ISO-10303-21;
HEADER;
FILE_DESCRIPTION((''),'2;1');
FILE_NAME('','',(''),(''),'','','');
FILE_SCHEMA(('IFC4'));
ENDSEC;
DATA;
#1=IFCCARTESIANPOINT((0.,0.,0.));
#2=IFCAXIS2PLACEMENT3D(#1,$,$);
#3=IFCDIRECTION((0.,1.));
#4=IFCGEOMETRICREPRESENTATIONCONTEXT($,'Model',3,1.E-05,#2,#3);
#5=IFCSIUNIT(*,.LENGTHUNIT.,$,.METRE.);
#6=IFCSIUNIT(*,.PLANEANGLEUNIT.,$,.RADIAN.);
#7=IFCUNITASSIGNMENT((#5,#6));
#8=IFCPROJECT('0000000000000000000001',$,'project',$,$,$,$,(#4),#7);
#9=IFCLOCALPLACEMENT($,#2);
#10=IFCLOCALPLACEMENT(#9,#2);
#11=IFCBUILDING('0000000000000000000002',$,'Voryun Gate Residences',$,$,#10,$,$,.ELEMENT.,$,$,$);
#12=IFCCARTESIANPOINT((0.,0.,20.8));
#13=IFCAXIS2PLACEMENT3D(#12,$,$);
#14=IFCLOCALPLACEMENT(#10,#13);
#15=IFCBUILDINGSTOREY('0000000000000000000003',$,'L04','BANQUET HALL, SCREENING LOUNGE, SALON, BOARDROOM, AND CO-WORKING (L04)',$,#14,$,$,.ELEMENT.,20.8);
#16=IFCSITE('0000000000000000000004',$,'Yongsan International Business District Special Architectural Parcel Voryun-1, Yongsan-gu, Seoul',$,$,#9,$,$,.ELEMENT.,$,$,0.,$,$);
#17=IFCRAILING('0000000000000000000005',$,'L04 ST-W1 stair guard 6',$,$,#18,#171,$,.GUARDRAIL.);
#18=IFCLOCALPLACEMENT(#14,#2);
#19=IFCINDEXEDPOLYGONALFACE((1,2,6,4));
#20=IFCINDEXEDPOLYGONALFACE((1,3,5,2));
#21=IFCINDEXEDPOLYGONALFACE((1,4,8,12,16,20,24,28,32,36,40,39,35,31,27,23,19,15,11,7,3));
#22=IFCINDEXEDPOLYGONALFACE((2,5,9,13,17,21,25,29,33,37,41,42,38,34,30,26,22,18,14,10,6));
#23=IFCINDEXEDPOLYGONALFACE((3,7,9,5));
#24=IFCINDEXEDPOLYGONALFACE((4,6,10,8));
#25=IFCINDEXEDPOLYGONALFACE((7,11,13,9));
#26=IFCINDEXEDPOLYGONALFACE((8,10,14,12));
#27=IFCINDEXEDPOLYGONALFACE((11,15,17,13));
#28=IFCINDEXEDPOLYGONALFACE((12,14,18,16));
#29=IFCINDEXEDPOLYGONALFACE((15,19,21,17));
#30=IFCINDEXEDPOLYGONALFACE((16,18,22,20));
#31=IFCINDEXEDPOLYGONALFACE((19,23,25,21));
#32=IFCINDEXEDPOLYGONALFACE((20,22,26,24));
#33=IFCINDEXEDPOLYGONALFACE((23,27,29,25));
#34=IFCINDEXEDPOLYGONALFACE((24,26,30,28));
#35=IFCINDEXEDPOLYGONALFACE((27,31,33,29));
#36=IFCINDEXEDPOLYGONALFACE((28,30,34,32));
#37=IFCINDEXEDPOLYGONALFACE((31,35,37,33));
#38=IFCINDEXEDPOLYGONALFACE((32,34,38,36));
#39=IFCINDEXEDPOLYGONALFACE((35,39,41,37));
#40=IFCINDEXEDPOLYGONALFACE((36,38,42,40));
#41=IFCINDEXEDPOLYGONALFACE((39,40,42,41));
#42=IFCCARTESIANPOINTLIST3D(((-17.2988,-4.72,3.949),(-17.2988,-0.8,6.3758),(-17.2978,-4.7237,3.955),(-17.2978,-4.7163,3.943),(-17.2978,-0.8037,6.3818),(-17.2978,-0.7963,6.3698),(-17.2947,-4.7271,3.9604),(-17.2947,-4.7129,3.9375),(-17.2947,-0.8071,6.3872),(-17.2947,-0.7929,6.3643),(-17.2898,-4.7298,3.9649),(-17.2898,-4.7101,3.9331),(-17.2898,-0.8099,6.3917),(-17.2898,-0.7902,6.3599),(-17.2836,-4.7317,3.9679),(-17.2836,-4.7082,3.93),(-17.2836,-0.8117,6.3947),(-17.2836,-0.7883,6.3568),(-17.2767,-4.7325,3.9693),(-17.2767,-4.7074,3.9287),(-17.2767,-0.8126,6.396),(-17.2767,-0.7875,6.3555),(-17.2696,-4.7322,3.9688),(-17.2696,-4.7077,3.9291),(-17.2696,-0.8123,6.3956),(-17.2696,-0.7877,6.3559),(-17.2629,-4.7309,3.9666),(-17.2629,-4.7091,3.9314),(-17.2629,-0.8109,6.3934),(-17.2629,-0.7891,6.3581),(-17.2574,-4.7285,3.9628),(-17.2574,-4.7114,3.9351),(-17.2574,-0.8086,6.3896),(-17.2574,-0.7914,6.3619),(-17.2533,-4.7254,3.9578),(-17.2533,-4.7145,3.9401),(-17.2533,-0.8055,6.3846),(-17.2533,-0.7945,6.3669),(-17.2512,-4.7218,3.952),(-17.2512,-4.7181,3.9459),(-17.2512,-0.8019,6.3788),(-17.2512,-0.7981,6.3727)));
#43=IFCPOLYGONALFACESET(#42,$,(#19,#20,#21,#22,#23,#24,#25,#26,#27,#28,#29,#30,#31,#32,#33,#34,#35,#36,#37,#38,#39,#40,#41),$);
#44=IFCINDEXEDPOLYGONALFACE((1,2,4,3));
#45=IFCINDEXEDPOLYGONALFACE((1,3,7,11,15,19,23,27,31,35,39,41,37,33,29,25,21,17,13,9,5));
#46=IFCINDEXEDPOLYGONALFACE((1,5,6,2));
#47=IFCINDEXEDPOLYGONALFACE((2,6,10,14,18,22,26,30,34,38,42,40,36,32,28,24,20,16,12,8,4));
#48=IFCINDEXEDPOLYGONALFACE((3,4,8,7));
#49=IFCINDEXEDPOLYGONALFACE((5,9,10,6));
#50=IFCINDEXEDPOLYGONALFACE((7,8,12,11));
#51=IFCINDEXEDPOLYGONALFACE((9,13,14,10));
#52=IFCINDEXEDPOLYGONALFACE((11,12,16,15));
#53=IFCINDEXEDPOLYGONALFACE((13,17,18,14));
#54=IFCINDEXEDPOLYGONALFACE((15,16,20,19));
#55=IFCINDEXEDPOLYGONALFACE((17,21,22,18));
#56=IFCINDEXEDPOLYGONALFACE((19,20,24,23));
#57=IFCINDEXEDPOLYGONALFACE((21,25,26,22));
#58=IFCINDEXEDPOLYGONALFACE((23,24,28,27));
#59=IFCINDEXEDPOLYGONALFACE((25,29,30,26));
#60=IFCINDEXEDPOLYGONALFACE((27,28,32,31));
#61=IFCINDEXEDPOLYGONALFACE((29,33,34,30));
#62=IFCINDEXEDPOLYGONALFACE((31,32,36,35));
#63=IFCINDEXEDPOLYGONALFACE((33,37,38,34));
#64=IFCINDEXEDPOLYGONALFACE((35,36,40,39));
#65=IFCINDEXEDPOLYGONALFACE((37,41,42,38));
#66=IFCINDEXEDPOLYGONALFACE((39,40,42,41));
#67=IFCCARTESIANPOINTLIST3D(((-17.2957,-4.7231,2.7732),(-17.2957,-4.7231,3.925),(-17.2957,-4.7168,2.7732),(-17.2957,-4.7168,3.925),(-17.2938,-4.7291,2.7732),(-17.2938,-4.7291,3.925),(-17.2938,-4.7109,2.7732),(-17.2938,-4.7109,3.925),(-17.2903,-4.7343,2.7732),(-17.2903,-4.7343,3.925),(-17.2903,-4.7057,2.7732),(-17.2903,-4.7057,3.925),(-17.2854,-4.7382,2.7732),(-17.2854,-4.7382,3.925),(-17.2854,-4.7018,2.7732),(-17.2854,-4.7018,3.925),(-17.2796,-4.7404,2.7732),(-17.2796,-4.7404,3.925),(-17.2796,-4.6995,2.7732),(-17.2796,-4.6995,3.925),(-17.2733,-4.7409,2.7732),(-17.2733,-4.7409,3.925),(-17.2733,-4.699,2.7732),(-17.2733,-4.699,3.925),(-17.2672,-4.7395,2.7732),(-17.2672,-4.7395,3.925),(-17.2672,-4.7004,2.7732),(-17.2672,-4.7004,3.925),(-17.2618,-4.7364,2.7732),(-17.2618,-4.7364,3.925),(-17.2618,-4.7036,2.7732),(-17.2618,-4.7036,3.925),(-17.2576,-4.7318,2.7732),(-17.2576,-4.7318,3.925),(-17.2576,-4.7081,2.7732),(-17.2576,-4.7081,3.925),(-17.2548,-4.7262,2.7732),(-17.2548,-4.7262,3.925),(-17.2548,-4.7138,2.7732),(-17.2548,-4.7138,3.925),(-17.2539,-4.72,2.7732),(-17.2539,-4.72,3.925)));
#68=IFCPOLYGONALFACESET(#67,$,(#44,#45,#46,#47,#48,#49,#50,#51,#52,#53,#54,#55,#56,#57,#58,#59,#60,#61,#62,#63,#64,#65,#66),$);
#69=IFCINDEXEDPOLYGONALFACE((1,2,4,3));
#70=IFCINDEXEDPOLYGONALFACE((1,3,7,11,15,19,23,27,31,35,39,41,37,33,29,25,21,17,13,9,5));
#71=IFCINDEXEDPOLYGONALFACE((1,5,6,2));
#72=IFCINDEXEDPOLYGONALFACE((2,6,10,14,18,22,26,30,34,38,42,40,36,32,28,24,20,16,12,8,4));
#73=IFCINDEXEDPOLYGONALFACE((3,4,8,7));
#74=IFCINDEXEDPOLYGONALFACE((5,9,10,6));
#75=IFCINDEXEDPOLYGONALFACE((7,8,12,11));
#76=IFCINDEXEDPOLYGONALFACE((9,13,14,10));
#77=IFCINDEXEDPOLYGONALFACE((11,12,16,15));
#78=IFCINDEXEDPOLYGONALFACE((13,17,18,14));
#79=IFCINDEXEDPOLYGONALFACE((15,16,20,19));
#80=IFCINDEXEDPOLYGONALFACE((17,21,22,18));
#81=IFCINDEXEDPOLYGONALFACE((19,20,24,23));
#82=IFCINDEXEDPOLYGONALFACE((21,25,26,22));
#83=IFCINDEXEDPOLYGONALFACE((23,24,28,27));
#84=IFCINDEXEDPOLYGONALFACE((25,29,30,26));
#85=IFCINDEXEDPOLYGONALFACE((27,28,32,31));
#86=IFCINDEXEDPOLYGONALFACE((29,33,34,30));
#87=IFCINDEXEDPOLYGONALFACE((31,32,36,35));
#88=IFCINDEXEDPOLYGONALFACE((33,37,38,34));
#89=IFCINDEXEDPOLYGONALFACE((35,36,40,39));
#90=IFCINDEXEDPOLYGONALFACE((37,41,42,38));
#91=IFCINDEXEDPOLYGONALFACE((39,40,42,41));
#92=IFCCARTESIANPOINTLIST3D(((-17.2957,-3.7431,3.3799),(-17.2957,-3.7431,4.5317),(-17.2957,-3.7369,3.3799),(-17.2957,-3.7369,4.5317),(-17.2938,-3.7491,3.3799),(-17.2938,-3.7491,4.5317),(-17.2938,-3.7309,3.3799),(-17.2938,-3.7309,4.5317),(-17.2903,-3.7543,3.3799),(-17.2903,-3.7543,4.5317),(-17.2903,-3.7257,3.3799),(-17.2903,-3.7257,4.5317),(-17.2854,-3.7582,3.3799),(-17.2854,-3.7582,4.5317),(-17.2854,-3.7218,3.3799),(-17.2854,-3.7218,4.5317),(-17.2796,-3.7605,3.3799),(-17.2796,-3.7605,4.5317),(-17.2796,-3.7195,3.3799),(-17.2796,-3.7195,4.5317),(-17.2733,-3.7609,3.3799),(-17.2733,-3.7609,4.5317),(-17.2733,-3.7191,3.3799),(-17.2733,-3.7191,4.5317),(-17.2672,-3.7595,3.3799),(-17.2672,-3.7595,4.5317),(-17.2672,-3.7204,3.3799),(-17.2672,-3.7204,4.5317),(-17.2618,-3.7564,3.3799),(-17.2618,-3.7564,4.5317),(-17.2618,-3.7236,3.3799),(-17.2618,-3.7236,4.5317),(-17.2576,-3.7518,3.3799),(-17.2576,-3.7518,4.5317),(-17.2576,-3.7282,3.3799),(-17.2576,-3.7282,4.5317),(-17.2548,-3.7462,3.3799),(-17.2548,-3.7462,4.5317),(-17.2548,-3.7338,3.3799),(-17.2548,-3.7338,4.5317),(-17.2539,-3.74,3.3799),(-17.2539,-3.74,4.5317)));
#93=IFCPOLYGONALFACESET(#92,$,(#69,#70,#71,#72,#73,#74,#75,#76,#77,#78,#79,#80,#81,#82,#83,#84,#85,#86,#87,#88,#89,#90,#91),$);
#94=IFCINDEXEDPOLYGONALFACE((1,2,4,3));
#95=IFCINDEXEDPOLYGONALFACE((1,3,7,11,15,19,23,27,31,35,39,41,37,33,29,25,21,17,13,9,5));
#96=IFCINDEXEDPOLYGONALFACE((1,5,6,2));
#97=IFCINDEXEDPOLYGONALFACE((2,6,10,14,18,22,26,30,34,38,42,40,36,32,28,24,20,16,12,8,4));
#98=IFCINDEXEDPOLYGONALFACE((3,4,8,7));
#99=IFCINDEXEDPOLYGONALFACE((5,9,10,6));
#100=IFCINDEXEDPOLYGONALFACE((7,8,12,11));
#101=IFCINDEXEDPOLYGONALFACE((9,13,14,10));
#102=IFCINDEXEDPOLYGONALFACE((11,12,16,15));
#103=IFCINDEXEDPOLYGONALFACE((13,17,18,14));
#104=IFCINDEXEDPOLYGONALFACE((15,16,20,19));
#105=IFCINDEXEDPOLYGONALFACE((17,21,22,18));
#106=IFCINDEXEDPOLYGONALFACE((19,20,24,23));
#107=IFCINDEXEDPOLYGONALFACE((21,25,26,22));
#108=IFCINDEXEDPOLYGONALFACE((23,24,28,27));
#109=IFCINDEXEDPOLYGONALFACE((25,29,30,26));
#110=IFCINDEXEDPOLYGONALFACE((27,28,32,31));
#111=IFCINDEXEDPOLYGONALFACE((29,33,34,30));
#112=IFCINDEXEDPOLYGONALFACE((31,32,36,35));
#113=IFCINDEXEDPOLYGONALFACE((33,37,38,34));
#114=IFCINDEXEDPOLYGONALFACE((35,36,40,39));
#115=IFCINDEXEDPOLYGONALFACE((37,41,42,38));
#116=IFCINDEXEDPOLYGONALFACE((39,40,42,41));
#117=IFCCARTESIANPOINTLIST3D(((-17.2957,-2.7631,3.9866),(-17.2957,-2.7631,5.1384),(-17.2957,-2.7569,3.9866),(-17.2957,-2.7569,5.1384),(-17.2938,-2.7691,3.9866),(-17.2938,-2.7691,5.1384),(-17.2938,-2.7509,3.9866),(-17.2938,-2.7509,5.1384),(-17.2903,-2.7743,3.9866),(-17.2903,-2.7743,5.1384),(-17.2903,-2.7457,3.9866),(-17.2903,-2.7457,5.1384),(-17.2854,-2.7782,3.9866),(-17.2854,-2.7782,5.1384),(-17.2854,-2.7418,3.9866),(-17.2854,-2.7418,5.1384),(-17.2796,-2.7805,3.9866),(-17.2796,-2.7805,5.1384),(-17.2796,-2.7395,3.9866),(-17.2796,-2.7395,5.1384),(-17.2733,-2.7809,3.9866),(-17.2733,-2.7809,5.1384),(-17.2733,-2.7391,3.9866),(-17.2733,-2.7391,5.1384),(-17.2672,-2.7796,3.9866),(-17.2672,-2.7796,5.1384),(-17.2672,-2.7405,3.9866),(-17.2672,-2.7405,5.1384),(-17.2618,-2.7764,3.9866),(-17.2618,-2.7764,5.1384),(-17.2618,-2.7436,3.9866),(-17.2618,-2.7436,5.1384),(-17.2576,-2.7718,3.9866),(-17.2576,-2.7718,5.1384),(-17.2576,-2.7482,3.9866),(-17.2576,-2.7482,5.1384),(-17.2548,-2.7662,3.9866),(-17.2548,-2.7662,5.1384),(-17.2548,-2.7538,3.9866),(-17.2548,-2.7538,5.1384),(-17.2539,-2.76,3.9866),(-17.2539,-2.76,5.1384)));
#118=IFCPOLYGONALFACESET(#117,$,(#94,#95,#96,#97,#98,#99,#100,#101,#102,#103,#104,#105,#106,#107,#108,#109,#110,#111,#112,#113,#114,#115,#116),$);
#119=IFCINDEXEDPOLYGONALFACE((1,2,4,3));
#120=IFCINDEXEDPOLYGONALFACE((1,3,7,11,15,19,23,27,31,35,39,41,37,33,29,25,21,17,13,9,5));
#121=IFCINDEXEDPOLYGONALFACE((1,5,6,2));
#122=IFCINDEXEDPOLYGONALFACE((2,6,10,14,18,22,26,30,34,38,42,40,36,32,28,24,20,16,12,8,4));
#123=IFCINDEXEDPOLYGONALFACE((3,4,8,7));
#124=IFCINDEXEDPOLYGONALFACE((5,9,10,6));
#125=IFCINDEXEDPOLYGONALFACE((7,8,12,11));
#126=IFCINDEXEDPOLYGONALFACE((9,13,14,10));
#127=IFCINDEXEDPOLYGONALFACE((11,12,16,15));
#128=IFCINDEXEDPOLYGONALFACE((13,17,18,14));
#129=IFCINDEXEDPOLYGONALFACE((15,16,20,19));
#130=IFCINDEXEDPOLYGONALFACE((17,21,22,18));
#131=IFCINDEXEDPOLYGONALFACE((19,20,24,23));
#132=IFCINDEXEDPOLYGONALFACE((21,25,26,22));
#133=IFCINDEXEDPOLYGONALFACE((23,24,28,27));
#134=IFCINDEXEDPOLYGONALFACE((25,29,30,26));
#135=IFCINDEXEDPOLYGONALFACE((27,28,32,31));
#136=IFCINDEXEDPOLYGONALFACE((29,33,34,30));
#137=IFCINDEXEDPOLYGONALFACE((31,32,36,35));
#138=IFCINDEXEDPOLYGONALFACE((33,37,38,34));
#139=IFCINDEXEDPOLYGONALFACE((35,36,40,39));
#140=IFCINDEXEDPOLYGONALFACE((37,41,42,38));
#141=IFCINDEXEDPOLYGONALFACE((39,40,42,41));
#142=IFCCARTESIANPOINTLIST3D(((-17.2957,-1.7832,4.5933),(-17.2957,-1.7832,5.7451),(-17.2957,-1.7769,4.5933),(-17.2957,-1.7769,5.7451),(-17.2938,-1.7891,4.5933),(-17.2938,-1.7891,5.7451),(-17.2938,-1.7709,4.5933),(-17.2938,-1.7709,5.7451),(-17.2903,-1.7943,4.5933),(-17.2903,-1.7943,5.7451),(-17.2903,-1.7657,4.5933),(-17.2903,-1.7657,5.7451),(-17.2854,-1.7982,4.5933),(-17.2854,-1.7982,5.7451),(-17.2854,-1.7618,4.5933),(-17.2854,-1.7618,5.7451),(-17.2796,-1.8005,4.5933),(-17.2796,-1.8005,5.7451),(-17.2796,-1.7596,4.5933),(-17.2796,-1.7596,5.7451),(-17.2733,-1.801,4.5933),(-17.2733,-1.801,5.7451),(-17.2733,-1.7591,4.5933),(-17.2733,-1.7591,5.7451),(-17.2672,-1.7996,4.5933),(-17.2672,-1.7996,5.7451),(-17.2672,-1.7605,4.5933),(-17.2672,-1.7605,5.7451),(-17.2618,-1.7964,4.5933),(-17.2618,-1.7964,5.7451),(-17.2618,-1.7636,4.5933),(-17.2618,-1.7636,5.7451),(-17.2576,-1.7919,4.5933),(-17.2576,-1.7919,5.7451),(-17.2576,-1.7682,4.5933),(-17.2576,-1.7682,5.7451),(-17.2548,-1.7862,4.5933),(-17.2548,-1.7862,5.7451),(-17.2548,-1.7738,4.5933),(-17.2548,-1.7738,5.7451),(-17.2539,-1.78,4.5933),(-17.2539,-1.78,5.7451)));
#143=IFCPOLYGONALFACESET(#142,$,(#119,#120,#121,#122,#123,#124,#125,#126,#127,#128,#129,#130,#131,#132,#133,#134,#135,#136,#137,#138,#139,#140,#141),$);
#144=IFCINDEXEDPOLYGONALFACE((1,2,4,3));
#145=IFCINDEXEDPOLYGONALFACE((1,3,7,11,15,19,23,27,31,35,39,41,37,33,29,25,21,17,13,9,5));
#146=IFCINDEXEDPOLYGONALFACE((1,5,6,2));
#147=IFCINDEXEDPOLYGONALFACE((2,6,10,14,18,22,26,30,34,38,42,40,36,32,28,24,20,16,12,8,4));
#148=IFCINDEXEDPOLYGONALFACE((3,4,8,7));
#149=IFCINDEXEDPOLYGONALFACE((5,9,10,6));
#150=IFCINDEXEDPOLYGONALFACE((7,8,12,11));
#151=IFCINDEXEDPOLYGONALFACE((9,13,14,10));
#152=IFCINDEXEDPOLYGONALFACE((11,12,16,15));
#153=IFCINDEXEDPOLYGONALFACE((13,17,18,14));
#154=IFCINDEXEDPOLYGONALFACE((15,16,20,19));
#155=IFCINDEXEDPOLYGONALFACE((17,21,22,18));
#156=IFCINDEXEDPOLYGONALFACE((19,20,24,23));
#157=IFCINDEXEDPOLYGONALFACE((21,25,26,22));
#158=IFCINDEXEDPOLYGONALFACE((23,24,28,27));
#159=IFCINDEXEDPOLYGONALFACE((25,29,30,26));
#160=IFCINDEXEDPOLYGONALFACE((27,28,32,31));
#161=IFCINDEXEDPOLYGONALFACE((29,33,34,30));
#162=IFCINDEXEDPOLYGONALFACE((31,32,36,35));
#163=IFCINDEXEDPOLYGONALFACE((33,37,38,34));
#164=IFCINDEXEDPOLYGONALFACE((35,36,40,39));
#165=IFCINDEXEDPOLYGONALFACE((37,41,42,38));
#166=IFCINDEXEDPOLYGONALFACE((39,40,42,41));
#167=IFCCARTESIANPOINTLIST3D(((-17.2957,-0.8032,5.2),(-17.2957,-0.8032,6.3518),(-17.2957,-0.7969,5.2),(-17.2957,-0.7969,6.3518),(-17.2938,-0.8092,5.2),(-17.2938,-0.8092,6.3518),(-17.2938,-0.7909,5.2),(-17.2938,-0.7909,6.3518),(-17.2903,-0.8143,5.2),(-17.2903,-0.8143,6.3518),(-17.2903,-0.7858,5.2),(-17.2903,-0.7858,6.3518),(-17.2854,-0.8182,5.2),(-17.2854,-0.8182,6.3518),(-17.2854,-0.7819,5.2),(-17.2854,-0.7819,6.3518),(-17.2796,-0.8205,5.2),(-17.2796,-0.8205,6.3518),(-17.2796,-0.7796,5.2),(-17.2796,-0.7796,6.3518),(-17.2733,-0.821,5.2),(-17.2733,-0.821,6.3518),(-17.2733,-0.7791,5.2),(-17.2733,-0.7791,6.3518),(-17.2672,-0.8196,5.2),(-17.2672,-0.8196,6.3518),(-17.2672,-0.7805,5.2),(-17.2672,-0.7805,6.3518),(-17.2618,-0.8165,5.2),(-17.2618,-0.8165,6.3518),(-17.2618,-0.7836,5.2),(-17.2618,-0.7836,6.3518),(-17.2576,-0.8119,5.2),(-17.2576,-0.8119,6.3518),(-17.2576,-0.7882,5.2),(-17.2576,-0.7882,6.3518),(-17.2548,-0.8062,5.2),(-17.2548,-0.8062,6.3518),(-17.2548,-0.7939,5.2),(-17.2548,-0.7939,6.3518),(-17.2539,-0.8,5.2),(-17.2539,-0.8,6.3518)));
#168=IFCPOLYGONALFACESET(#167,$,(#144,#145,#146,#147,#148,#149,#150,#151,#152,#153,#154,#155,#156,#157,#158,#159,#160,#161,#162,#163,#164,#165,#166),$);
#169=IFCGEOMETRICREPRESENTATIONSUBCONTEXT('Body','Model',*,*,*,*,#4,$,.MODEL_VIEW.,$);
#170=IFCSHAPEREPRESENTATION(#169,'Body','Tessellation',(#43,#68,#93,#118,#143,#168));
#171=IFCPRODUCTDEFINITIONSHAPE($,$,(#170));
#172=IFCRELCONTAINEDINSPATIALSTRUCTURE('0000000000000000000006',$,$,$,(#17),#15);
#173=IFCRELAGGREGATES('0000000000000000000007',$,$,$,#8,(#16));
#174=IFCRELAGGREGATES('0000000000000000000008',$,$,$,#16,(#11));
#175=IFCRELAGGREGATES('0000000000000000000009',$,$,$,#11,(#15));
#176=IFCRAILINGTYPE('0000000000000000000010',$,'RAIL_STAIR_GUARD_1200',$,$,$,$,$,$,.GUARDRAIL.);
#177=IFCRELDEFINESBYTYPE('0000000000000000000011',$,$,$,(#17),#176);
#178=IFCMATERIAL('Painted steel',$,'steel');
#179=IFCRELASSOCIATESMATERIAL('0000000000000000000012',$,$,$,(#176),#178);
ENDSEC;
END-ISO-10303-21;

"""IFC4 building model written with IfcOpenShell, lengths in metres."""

from ifc_helpers import new_model, si_unit, direction, frame, origin, origin_2d, place, context, subcontext, project, spatial, circle, extrude, material, type_object, element, save


model = new_model("IFC4")

# Units and contexts
model_context = context("Model", 3, precision=1e-05, world=origin(), true_north=direction((0.0, 1.0)))
body_context = subcontext(model_context, "Body", "Model", "MODEL_VIEW")
ifc_project = project(units=[si_unit("LENGTHUNIT", "METRE"), si_unit("PLANEANGLEUNIT", "RADIAN")], contexts=[model_context])

# Site, building, storey
site_placement = place(None, origin())
site = spatial("IfcSite", under=ifc_project, at=site_placement, Name="Yongsan International Business District Special Architectural Parcel Voryun-1, Yongsan-gu, Seoul", CompositionType="ELEMENT", RefElevation=0.0)
building_placement = place(site_placement, origin())
building = spatial("IfcBuilding", under=site, at=building_placement, Name="Voryun Gate Residences", CompositionType="ELEMENT")
storey_placement = place(building_placement, frame((0.0, 0.0, 20.8)))
storey = spatial("IfcBuildingStorey", under=building, at=storey_placement, Name="L04", Description="BANQUET HALL, SCREENING LOUNGE, SALON, BOARDROOM, AND CO-WORKING (L04)", CompositionType="ELEMENT", Elevation=20.8)

# Railing
ifc_material_1 = material(Name="Painted steel", Category="steel")
railing_type = type_object("IfcRailingType", Name="RAIL_STAIR_GUARD_1200", PredefinedType="GUARDRAIL", material=ifc_material_1)
railing_1_placement = place(storey_placement, frame((-17.2749, -4.72, 2.7732)))
element("IfcRailing", 1, at=railing_1_placement, inside=storey, type_object=railing_type, Name="L04 ST-W1 stair guard 6", PredefinedType="GUARDRAIL", context=body_context, shape_type="SweptSolid", body=[
    extrude(circle(Radius=0.0239, at=origin_2d()), frame((0.0, 0.0, 1.1758), z_axis=(0.0, 0.850252, 0.526376), x_axis=(-1.0, 0.0, 0.0)), (0.0, 0.0, 1.0), 4.6104),
    extrude(circle(Radius=0.021, at=origin_2d()), origin(), (0.0, 0.0, 1.0), 1.1519),
    extrude(circle(Radius=0.021, at=origin_2d()), frame((0.0, 0.98, 0.6067)), (0.0, 0.0, 1.0), 1.1519),
    extrude(circle(Radius=0.021, at=origin_2d()), frame((0.0, 1.96, 1.2134)), (0.0, 0.0, 1.0), 1.1519),
    extrude(circle(Radius=0.021, at=origin_2d()), frame((0.0, 2.9399, 1.8201)), (0.0, 0.0, 1.0), 1.1519),
    extrude(circle(Radius=0.021, at=origin_2d()), frame((0.0, 3.9199, 2.4268)), (0.0, 0.0, 1.0), 1.1519),
])

save(model, "model.ifc")
